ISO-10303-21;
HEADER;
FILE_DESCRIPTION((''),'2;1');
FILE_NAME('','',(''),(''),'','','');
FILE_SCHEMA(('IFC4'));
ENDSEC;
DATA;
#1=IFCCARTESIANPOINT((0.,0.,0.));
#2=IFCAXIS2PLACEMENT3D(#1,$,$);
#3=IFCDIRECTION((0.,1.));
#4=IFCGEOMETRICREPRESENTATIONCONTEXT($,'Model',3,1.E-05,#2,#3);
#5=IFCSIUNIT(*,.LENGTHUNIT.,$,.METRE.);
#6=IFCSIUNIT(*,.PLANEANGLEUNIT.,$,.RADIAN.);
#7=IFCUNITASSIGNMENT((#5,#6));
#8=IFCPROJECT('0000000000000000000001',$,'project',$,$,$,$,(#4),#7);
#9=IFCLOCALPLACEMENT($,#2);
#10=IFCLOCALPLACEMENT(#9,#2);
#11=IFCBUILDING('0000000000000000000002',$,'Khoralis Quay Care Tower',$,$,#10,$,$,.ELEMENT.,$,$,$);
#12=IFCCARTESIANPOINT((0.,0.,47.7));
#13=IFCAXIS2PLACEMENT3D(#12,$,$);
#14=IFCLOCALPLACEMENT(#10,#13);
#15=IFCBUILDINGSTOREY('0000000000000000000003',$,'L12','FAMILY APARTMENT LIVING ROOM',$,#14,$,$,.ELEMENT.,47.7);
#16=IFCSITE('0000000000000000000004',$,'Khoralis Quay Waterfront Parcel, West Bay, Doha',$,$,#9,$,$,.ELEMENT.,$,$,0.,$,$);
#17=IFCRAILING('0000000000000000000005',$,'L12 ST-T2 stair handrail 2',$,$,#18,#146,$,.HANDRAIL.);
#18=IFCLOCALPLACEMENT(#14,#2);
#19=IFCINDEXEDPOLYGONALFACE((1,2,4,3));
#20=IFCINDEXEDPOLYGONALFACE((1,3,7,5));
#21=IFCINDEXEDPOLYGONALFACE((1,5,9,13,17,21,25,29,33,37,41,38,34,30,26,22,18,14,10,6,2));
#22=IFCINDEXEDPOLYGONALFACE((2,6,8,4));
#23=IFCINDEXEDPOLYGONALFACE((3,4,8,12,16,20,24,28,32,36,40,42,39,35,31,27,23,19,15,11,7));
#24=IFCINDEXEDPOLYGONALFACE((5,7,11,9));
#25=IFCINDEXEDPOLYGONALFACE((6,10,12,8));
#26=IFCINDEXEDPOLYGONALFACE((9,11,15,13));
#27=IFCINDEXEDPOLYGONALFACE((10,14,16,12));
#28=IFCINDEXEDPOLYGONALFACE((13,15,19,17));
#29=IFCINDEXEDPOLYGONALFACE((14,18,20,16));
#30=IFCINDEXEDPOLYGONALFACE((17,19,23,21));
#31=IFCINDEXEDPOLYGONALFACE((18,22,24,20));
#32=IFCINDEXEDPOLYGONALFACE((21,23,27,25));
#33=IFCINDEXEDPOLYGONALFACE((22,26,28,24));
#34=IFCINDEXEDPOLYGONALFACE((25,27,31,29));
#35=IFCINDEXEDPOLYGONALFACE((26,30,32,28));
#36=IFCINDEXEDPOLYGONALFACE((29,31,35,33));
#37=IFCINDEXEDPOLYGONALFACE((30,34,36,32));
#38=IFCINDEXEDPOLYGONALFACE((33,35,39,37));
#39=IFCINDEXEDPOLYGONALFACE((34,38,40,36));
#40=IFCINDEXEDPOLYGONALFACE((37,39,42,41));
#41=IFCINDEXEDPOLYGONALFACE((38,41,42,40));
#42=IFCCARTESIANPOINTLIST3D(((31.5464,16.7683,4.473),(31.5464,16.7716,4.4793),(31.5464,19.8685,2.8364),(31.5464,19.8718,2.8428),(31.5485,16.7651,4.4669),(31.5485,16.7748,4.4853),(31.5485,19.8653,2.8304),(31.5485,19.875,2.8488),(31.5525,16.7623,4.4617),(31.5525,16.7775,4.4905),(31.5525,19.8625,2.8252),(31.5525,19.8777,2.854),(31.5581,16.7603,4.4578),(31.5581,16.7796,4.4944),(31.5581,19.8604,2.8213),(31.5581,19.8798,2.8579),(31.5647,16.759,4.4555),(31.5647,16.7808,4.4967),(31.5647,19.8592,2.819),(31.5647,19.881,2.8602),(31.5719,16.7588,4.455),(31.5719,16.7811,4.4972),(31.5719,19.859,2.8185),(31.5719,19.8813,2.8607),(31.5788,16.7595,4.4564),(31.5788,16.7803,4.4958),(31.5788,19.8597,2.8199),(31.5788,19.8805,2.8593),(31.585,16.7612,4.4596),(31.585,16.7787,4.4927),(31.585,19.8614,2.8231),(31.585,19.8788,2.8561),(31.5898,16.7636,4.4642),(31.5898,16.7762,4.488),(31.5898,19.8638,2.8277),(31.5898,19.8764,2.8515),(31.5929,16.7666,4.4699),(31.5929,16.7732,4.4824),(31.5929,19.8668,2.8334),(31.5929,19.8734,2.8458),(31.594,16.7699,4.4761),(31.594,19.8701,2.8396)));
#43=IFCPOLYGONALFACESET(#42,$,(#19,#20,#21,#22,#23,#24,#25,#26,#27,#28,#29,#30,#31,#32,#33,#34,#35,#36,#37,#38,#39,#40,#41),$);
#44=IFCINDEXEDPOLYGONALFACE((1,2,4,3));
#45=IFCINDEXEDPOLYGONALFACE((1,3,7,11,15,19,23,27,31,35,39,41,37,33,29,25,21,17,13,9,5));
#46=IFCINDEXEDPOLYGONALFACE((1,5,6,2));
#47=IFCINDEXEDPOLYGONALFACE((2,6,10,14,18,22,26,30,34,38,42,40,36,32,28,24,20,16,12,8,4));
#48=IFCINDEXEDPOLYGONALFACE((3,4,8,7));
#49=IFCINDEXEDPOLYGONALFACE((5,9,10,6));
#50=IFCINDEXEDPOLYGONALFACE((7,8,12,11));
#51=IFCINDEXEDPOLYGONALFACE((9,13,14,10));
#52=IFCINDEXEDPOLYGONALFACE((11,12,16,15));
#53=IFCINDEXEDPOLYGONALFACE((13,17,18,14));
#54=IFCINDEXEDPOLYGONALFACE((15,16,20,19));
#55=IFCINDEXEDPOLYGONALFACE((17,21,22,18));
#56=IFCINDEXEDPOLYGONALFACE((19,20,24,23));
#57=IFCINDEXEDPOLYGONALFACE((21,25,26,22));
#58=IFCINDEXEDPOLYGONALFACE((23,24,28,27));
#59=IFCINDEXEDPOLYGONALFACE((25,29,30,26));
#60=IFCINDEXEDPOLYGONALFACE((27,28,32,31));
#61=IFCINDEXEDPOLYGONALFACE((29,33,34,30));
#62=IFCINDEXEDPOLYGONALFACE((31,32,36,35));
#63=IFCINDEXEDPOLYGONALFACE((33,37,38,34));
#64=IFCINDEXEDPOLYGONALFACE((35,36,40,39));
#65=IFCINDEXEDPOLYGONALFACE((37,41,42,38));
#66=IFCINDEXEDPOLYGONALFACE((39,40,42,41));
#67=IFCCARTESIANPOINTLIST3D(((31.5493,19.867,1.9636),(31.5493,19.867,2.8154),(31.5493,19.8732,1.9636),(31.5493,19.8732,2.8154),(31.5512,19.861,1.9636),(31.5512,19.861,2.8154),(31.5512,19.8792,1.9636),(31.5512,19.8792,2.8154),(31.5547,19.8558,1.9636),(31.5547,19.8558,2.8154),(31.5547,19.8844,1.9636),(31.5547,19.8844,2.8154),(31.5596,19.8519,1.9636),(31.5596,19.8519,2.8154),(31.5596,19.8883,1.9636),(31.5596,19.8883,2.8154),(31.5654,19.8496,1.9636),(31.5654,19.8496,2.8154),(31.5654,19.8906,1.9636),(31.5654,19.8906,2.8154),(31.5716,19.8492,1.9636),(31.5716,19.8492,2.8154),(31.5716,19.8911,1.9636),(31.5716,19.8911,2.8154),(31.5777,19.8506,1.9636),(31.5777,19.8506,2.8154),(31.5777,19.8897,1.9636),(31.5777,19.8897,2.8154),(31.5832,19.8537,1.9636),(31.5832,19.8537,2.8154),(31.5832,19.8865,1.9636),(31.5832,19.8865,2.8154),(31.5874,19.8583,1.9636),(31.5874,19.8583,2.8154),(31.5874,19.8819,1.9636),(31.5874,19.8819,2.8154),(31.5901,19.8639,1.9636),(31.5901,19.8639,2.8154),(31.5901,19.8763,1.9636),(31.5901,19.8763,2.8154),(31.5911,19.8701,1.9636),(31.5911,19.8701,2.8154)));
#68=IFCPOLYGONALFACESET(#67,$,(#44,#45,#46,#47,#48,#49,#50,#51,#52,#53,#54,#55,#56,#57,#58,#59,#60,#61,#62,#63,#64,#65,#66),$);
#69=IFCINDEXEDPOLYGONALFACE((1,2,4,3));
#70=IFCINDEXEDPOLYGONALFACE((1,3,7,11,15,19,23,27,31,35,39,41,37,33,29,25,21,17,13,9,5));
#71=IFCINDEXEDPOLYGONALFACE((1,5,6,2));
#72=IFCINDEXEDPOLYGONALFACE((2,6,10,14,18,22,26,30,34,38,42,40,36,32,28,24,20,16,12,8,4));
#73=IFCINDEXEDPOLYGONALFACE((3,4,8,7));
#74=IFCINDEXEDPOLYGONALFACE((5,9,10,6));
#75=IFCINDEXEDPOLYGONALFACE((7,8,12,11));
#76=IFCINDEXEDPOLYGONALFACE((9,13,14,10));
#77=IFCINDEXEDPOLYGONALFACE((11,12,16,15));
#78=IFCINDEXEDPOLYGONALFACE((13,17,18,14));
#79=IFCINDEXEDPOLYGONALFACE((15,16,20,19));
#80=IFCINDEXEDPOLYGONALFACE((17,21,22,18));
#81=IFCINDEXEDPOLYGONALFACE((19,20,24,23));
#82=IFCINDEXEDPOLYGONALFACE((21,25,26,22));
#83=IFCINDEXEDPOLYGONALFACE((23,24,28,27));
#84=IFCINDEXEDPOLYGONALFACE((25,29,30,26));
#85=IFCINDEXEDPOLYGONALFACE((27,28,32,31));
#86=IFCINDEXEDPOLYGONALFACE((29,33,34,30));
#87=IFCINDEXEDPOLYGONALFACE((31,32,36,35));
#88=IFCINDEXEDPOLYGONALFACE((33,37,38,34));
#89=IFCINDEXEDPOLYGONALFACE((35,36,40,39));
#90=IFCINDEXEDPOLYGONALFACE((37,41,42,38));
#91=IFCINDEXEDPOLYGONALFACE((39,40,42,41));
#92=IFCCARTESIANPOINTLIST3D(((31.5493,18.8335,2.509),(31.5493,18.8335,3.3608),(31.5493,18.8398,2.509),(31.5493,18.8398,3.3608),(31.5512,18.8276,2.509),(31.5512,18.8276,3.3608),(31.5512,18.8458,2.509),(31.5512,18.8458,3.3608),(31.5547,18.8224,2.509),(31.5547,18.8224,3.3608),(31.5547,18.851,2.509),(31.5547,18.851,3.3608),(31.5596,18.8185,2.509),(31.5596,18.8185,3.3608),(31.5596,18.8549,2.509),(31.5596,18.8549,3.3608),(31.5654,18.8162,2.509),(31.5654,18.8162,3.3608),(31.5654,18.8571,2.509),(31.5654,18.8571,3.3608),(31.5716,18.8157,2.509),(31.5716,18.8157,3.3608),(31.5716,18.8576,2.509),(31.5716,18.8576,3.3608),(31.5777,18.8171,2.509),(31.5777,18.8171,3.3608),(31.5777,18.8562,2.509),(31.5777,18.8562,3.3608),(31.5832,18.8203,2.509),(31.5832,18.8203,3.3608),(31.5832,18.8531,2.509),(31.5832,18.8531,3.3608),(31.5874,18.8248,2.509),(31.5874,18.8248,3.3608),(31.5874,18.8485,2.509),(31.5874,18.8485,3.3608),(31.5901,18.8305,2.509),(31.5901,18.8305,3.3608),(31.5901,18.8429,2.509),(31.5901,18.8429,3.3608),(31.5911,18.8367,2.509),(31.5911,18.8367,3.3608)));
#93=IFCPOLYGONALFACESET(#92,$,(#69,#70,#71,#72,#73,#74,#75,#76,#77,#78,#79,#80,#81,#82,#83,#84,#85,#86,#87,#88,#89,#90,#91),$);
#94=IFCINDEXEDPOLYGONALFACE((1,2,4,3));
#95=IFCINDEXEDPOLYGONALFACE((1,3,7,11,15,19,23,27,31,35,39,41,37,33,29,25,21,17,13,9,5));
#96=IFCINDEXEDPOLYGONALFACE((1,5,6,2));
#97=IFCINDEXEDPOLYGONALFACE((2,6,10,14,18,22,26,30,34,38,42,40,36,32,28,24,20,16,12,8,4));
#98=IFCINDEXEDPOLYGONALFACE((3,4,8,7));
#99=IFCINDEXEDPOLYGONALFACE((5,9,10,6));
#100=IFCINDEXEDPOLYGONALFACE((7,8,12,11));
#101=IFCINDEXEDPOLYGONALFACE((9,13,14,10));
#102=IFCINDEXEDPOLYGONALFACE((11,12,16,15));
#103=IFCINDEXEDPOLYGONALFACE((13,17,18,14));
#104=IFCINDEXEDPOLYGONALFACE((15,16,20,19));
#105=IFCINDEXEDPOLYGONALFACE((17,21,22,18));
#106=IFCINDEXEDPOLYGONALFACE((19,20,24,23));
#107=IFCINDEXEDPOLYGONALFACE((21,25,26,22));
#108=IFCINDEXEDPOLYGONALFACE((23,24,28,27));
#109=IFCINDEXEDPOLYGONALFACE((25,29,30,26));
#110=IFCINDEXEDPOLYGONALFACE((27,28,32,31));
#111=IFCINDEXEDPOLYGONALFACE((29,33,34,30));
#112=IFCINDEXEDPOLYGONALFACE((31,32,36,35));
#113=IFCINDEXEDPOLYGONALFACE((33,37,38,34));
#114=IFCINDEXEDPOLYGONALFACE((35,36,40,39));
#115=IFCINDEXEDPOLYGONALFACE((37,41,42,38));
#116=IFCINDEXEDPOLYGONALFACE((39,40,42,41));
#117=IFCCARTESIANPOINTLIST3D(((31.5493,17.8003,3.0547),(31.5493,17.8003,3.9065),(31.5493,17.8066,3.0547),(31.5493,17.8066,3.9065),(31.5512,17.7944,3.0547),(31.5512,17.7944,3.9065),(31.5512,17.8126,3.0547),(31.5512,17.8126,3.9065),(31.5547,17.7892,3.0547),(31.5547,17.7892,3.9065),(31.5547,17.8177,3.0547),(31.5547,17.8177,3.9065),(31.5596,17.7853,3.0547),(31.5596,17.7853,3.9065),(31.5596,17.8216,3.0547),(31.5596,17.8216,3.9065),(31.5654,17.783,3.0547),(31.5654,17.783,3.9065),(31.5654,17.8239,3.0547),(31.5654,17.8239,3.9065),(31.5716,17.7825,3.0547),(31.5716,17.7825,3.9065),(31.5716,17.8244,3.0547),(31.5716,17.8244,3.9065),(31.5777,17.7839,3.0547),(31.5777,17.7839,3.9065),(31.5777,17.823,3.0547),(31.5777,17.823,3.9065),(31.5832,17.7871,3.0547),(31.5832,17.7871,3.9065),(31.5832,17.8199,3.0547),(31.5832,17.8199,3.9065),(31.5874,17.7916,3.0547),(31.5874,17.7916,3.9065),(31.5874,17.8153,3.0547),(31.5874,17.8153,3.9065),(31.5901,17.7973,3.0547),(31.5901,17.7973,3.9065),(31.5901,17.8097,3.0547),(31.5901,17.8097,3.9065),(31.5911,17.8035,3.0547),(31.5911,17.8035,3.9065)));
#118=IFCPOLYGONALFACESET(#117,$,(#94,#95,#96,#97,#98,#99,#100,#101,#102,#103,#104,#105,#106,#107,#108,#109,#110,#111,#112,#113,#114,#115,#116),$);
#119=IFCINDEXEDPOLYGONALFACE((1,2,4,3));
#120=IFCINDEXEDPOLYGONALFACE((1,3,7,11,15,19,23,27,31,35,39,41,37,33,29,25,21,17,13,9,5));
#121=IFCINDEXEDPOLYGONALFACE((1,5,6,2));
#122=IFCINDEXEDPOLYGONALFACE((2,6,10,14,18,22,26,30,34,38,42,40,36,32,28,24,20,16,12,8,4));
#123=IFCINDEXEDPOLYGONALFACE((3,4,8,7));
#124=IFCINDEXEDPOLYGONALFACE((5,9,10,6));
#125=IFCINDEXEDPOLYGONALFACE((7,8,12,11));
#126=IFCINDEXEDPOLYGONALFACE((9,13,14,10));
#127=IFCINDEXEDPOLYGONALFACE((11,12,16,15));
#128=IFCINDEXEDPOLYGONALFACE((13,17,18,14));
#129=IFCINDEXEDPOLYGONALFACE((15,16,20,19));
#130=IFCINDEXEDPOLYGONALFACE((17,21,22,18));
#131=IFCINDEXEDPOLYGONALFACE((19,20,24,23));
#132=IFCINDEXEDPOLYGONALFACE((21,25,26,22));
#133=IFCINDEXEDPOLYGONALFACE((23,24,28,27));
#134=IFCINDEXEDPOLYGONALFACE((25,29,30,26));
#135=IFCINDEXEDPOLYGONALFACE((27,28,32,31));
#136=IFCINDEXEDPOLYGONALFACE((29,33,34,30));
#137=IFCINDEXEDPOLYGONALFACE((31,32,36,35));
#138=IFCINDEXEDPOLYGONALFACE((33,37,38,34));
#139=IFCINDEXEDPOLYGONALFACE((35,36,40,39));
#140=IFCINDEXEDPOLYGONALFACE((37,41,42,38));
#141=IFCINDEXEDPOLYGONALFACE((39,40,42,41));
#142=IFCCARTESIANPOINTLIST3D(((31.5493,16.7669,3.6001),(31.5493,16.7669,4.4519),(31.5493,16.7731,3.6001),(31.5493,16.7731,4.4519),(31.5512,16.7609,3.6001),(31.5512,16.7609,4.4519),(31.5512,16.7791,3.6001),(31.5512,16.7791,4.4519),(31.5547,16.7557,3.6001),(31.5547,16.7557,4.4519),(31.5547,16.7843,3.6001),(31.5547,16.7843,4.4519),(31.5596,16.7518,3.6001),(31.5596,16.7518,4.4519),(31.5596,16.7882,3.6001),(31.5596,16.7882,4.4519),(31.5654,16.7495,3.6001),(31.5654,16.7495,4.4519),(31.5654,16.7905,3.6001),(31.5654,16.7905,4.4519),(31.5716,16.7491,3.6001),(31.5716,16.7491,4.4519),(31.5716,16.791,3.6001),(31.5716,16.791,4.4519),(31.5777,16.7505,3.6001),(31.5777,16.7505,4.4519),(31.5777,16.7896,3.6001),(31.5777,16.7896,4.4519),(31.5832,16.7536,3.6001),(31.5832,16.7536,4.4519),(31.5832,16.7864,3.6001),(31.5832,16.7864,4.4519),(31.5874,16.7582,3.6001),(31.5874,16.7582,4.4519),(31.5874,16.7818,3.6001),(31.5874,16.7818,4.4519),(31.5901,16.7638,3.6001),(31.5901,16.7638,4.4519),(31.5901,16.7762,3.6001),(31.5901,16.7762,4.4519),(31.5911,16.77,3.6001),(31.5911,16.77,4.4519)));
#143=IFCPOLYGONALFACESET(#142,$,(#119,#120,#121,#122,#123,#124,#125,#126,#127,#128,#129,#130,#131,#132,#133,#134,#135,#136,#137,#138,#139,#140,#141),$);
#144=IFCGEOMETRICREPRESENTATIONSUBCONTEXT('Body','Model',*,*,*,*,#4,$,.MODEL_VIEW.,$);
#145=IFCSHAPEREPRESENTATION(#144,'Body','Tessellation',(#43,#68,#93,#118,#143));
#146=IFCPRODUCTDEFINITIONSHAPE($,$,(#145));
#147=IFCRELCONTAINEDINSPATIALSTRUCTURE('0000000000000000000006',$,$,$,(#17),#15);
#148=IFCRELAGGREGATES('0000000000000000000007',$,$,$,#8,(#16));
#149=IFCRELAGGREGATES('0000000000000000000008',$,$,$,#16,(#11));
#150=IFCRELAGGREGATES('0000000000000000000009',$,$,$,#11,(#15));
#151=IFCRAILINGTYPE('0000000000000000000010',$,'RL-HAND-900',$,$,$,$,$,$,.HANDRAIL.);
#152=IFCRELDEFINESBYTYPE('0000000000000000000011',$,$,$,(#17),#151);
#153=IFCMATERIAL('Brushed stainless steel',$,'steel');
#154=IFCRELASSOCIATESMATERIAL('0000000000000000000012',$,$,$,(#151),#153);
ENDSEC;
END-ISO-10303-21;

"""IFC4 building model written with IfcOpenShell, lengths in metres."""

from ifc_helpers import new_model, si_unit, direction, frame, origin, origin_2d, place, context, subcontext, project, spatial, circle, extrude, material, type_object, element, save


model = new_model("IFC4")

# Units and contexts
model_context = context("Model", 3, precision=1e-05, world=origin(), true_north=direction((0.0, 1.0)))
body_context = subcontext(model_context, "Body", "Model", "MODEL_VIEW")
ifc_project = project(units=[si_unit("LENGTHUNIT", "METRE"), si_unit("PLANEANGLEUNIT", "RADIAN")], contexts=[model_context])

# Site, building, storey
site_placement = place(None, origin())
site = spatial("IfcSite", under=ifc_project, at=site_placement, Name="Khoralis Quay Waterfront Parcel, West Bay, Doha", CompositionType="ELEMENT", RefElevation=0.0)
building_placement = place(site_placement, origin())
building = spatial("IfcBuilding", under=site, at=building_placement, Name="Khoralis Quay Care Tower", CompositionType="ELEMENT")
storey_placement = place(building_placement, frame((0.0, 0.0, 47.7)))
storey = spatial("IfcBuildingStorey", under=building, at=storey_placement, Name="L12", Description="FAMILY APARTMENT LIVING ROOM", CompositionType="ELEMENT", Elevation=47.7)

# Shared definitions
ifc_material_1 = material(Name="Brushed stainless steel", Category="steel")

# Railing
railing_type_1 = type_object("IfcRailingType", Name="RL-HAND-900", PredefinedType="HANDRAIL", material=ifc_material_1)
railing_1_placement = place(storey_placement, frame((31.5701, 19.8701, 1.9636)))
element("IfcRailing", 1, at=railing_1_placement, inside=storey, type_object=railing_type_1, Name="L12 ST-T2 stair handrail 2", PredefinedType="HANDRAIL", context=body_context, shape_type="SweptSolid", body=[
    extrude(circle(Radius=0.0239, at=origin_2d()), frame((0.0, 0.0, 0.876), z_axis=(0.0, -0.884348, 0.466828), x_axis=(1.0, 0.0, 0.0)), (0.0, 0.0, 1.0), 3.5056),
    extrude(circle(Radius=0.021, at=origin_2d()), origin(), (0.0, 0.0, 1.0), 0.8518),
    extrude(circle(Radius=0.021, at=origin_2d()), frame((0.0, -1.0334, 0.5454)), (0.0, 0.0, 1.0), 0.8518),
    extrude(circle(Radius=0.021, at=origin_2d()), frame((0.0, -2.0667, 1.0911)), (0.0, 0.0, 1.0), 0.8518),
    extrude(circle(Radius=0.021, at=origin_2d()), frame((0.0, -3.1001, 1.6365)), (0.0, 0.0, 1.0), 0.8518),
])

save(model, "model.ifc")
